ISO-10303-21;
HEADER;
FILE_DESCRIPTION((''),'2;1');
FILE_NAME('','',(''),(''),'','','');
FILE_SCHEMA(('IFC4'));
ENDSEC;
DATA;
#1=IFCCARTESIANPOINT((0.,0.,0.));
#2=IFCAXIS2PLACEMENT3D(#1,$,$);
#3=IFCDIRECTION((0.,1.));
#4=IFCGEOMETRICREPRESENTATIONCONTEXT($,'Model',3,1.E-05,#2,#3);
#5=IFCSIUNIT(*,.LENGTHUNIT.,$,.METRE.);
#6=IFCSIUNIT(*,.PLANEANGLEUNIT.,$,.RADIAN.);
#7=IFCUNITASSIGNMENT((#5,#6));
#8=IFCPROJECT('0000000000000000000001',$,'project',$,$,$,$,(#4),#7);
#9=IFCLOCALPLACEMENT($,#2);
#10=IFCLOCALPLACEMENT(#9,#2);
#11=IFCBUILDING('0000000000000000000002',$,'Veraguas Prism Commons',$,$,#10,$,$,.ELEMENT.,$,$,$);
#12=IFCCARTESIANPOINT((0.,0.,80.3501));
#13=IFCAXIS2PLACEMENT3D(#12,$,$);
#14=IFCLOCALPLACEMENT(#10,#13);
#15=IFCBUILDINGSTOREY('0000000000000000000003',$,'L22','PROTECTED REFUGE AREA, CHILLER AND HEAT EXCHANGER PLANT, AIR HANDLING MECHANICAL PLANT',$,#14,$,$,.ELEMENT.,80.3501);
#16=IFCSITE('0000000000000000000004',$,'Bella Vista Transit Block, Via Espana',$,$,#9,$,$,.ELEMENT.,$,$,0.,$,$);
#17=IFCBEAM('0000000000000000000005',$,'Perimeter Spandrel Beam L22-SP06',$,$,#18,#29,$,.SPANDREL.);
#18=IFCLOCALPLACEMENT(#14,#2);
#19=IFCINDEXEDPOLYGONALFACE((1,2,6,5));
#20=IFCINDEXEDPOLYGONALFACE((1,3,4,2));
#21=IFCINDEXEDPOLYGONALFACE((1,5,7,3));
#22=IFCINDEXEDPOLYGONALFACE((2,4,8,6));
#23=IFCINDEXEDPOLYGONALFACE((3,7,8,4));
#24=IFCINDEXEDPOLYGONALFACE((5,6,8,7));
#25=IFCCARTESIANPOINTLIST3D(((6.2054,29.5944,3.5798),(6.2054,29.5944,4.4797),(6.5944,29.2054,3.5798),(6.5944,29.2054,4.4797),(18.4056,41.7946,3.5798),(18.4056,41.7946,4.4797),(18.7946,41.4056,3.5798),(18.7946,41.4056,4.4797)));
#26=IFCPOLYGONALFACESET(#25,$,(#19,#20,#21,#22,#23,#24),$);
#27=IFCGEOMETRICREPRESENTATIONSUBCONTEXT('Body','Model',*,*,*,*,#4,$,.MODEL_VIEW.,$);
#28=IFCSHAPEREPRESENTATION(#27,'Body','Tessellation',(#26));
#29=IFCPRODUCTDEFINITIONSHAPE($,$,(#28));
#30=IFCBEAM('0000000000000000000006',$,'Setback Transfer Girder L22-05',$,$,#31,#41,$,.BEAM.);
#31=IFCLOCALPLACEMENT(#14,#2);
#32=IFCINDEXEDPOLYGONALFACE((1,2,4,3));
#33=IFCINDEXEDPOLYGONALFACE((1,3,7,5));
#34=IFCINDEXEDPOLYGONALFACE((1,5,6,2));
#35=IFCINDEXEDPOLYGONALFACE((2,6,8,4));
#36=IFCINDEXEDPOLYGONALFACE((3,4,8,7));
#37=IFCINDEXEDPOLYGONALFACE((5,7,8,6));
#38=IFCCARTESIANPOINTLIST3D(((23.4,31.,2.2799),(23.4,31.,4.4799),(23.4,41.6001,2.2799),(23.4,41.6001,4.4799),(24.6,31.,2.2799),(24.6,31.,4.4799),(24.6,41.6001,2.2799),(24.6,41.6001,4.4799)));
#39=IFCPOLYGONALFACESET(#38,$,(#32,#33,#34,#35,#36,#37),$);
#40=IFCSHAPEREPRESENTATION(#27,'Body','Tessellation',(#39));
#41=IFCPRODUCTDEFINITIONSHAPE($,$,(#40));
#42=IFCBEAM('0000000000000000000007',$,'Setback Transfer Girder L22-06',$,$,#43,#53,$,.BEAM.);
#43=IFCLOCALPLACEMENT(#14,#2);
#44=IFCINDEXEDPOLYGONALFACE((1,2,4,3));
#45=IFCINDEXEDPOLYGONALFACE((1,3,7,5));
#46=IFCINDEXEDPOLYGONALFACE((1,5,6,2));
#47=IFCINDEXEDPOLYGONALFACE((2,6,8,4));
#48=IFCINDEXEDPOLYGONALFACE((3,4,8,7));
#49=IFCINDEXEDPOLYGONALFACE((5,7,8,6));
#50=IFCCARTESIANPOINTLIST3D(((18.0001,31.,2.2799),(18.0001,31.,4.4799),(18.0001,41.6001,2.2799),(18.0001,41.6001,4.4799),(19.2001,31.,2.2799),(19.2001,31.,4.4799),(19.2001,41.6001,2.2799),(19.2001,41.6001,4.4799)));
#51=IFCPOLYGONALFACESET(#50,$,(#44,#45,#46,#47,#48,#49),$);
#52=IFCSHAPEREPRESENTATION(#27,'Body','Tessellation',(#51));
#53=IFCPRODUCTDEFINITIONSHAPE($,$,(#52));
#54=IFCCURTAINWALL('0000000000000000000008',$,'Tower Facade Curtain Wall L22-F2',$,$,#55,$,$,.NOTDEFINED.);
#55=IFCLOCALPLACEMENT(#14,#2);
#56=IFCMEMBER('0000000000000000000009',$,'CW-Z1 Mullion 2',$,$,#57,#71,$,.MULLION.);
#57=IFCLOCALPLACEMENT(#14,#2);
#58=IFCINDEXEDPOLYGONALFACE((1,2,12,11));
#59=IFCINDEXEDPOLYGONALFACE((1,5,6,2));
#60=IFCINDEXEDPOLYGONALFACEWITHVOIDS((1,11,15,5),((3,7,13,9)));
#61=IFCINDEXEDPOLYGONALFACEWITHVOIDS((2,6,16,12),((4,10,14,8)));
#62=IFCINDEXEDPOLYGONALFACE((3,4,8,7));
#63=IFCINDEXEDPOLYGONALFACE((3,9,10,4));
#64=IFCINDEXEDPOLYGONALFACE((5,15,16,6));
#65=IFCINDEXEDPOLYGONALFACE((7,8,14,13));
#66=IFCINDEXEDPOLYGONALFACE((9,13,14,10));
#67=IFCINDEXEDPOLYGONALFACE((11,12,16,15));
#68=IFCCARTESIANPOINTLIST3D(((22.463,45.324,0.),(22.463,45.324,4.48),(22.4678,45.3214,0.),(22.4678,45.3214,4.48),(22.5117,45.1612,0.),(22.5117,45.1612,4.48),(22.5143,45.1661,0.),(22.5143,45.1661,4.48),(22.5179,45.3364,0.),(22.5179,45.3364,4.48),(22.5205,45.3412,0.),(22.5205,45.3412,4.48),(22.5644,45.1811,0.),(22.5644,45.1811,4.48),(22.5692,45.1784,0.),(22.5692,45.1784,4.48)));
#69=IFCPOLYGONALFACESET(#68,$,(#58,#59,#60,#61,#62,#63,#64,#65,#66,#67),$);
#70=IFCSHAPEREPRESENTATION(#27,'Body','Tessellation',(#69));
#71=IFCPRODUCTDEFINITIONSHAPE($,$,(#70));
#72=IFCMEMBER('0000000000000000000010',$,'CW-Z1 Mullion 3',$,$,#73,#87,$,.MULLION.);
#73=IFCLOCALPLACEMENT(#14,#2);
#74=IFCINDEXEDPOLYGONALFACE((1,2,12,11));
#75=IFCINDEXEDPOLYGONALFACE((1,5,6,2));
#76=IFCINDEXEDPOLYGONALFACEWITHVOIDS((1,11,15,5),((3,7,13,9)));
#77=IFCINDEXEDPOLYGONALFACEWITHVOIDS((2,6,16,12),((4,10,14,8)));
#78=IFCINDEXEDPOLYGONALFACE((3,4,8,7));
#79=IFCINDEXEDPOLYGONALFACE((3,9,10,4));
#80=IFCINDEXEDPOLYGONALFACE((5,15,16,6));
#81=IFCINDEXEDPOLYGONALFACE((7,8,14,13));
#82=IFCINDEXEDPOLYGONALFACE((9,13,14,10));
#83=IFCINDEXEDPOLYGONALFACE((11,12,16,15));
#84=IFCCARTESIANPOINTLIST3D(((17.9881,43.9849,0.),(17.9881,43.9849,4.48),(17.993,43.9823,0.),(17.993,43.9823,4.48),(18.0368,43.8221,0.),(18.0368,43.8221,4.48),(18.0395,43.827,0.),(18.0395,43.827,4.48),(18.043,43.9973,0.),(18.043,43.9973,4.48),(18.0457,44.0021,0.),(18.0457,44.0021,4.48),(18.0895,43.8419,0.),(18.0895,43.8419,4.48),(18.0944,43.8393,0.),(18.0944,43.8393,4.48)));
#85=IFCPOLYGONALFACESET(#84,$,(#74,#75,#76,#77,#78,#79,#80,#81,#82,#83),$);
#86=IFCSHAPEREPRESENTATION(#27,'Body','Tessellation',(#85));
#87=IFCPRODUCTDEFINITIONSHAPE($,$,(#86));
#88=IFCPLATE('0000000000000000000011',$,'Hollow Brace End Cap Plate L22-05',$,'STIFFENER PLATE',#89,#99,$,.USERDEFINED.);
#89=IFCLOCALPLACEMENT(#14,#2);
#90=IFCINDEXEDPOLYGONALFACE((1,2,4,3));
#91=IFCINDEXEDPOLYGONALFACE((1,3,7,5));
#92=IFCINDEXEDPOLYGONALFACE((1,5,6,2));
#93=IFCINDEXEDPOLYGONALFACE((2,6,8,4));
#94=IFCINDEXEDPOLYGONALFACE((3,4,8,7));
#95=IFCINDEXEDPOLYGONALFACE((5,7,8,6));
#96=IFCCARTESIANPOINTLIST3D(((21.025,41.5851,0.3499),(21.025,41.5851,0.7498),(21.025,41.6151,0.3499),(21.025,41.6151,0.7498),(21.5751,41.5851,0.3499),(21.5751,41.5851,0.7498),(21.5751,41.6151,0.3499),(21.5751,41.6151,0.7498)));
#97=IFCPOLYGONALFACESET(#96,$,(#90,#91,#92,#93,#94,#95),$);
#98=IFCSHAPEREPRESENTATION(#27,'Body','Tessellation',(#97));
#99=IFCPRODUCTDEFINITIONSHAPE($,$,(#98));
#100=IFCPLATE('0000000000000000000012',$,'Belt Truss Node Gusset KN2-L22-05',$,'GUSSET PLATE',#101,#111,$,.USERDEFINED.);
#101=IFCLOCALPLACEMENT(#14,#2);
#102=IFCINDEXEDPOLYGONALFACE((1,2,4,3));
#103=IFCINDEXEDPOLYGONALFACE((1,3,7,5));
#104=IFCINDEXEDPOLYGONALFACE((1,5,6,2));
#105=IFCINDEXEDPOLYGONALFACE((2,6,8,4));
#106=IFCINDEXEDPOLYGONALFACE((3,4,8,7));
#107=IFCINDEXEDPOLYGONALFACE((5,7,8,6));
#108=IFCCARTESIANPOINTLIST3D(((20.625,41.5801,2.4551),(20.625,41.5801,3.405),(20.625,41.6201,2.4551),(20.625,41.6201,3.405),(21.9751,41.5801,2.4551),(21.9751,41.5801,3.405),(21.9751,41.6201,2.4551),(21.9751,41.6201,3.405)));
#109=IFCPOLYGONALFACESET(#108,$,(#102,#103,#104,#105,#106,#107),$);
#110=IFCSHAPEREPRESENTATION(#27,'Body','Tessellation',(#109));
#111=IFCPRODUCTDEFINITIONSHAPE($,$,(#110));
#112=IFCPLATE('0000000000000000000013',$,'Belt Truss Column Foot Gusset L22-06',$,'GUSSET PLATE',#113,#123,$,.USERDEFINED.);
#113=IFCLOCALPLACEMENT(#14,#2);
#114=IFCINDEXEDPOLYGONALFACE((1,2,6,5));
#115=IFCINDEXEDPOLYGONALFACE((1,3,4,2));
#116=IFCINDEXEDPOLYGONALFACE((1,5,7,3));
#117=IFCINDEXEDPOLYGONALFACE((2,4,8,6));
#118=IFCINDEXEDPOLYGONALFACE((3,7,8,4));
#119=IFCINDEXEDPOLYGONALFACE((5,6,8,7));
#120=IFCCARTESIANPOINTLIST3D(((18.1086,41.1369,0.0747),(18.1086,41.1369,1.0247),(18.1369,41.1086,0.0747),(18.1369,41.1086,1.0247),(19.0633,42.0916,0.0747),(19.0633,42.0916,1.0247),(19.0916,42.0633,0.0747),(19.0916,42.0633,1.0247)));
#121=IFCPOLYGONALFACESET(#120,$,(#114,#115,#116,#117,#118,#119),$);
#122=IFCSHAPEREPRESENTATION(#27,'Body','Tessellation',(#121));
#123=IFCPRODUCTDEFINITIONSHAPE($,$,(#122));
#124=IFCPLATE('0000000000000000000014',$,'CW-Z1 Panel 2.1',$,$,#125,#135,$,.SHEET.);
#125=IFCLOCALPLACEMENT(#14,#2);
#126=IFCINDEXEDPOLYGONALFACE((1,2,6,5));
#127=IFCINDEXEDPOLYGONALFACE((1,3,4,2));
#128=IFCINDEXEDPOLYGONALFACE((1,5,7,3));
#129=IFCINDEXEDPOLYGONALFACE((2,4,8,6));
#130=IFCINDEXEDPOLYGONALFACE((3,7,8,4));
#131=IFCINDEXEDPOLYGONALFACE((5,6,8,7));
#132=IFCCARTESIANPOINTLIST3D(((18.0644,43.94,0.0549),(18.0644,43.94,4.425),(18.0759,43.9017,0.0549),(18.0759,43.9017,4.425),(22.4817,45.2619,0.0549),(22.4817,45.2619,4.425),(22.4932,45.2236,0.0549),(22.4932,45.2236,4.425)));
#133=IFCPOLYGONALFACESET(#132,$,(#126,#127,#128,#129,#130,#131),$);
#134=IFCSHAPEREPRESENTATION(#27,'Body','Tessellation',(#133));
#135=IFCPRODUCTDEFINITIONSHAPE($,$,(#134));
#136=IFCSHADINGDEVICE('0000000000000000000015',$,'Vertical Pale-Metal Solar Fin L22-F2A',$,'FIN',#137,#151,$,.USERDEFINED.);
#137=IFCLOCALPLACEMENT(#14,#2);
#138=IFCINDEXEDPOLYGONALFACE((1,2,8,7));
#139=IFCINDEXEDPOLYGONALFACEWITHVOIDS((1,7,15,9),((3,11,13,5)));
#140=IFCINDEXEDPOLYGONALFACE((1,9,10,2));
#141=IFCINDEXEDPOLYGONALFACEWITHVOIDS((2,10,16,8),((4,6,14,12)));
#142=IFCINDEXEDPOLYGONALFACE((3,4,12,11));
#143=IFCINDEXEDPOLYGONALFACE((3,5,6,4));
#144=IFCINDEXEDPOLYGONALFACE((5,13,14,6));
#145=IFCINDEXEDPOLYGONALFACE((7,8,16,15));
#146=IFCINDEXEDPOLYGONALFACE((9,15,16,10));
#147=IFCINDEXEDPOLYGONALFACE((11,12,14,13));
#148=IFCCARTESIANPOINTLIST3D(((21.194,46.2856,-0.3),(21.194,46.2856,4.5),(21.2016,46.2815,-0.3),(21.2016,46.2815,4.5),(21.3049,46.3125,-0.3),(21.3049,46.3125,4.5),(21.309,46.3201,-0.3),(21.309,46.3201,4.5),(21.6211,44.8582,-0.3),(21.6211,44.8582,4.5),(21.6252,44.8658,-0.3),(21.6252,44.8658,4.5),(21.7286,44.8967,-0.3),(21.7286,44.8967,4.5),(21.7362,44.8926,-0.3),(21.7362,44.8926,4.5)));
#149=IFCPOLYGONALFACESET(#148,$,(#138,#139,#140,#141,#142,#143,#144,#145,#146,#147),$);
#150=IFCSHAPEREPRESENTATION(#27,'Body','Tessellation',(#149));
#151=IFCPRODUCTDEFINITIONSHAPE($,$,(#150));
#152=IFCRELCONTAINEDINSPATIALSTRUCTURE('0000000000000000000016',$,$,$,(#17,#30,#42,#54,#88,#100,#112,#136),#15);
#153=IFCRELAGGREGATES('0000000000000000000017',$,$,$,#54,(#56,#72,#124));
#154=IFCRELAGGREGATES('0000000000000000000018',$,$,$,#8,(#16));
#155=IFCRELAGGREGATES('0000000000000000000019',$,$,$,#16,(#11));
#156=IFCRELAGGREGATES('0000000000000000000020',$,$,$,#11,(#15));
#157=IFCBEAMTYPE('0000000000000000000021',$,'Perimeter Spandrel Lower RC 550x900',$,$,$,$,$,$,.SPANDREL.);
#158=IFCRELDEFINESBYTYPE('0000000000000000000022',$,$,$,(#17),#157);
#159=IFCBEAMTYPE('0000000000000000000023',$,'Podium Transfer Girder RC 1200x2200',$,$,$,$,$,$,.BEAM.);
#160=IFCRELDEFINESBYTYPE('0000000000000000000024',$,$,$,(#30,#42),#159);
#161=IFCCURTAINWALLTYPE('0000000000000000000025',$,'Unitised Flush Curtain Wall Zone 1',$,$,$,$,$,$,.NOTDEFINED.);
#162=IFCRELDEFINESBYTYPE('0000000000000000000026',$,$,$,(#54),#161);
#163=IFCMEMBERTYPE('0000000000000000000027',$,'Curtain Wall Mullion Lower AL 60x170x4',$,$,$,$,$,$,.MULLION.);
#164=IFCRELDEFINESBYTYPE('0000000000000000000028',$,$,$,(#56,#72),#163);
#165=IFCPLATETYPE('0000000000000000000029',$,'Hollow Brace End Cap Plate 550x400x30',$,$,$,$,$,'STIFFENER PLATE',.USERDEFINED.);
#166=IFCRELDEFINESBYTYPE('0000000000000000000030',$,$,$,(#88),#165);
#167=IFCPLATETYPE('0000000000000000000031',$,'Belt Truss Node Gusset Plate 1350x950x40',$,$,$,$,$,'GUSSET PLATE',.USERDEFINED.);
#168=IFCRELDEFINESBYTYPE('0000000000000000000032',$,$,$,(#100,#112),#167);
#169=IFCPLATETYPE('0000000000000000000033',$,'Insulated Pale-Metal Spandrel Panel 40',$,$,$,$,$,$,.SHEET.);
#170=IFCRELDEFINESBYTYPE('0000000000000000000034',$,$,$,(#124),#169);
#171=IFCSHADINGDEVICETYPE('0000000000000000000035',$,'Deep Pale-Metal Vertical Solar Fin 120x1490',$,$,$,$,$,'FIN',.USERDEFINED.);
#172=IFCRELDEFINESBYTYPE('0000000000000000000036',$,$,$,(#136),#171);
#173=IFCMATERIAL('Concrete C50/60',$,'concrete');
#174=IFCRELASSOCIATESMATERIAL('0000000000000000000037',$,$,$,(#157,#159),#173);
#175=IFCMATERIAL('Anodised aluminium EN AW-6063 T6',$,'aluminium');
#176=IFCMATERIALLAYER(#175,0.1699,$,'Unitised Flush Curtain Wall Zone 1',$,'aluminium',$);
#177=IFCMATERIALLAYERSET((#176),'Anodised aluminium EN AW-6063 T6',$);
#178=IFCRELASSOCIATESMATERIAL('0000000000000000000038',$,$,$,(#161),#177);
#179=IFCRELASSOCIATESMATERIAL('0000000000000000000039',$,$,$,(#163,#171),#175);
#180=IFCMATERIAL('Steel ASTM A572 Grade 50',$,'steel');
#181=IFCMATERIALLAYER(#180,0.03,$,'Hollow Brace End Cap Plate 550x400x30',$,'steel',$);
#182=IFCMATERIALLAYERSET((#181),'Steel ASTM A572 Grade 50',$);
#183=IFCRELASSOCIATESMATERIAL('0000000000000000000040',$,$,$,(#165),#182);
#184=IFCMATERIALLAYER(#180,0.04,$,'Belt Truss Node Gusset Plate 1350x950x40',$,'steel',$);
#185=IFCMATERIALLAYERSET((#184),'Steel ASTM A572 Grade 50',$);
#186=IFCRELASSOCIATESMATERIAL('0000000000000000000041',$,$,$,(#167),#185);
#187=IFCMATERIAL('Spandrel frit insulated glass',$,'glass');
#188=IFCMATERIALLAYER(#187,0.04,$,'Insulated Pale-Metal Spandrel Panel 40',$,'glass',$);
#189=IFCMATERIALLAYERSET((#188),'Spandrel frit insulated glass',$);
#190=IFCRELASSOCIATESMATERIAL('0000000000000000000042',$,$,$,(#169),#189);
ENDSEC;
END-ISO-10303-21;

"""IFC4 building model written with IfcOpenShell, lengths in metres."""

from ifc_helpers import new_model, si_unit, direction, frame, origin, origin_2d, place, context, subcontext, project, spatial, rectangle, hollow_rectangle, extrude, source, transform, mapped, material, layer, layer_set, material_profile, profile_set, type_object, element, aggregate, save


model = new_model("IFC4")

# Units and contexts
model_context = context("Model", 3, precision=1e-05, world=origin(), true_north=direction((0.0, 1.0)))
body_context = subcontext(model_context, "Body", "Model", "MODEL_VIEW")
ifc_project = project(units=[si_unit("LENGTHUNIT", "METRE"), si_unit("PLANEANGLEUNIT", "RADIAN")], contexts=[model_context])

# Site, building, storey
site_placement = place(None, origin())
site = spatial("IfcSite", under=ifc_project, at=site_placement, Name="Bella Vista Transit Block, Via Espana", CompositionType="ELEMENT", RefElevation=0.0)
building_placement = place(site_placement, origin())
building = spatial("IfcBuilding", under=site, at=building_placement, Name="Veraguas Prism Commons", CompositionType="ELEMENT")
storey_placement = place(building_placement, frame((0.0, 0.0, 80.3501)))
storey = spatial("IfcBuildingStorey", under=building, at=storey_placement, Name="L22", Description="PROTECTED REFUGE AREA, CHILLER AND HEAT EXCHANGER PLANT, AIR HANDLING MECHANICAL PLANT", CompositionType="ELEMENT", Elevation=80.3501)

# Shared definitions
ifc_material_1 = material(Name="Steel ASTM A572 Grade 50", Category="steel")

# Beams
ifc_material_2 = material(Name="Concrete C50/60", Category="concrete")
ifc_material_profile_1 = material_profile(ifc_material_2, rectangle(XDim=0.55, YDim=0.8999, at=origin_2d()), Name="RC550X900")
ifc_profile_set_1 = profile_set([ifc_material_profile_1], Name="Concrete C50/60")
beam_type_1 = type_object("IfcBeamType", Name="Perimeter Spandrel Lower RC 550x900", PredefinedType="SPANDREL", material=ifc_profile_set_1)
beam_1_placement = place(storey_placement, frame((18.6001, 41.6001, 4.0298), z_axis=(-0.707107, -0.707107, 0.0), x_axis=(0.707107, -0.707107, 0.0)))
element("IfcBeam", 1, at=beam_1_placement, inside=storey, type_object=beam_type_1, Name="Perimeter Spandrel Beam L22-SP06", PredefinedType="SPANDREL", context=body_context, shape_type="SweptSolid", body=[
    extrude(rectangle(XDim=0.55, YDim=0.8999, at=origin_2d()), origin(), (0.0, 0.0, 1.0), 17.2537),
])
ifc_material_profile_2 = material_profile(ifc_material_2, rectangle(XDim=1.2, YDim=2.2, at=origin_2d()), Name="RC1200X2200")
ifc_profile_set_2 = profile_set([ifc_material_profile_2], Name="Concrete C50/60")
beam_type_2 = type_object("IfcBeamType", Name="Podium Transfer Girder RC 1200x2200", PredefinedType="BEAM", material=ifc_profile_set_2)
for number, where, z_axis, x_axis, name in (
    (2, (24.0, 41.6001, 3.3799), (0.0, -1.0, 0.0), (1.0, 0.0, 0.0), "Setback Transfer Girder L22-05"),
    (3, (18.6001, 41.6001, 3.3799), (0.0, -1.0, 0.0), (1.0, 0.0, 0.0), "Setback Transfer Girder L22-06"),
):
    element("IfcBeam", number, at=place(storey_placement, frame(where, z_axis=z_axis, x_axis=x_axis)), inside=storey, type_object=beam_type_2, Name=name, PredefinedType="BEAM", context=body_context, shape_type="SweptSolid", body=[
        extrude(rectangle(XDim=1.2, YDim=2.2, at=origin_2d()), origin(), (0.0, 0.0, 1.0), 10.6001),
    ])

# Curtain wall, members
ifc_material_3 = material(Name="Anodised aluminium EN AW-6063 T6", Category="aluminium")
ifc_layer_1 = layer(ifc_material_3, 0.1699, Name="Unitised Flush Curtain Wall Zone 1", Category="aluminium")
ifc_layer_set_1 = layer_set([ifc_layer_1], Name="Anodised aluminium EN AW-6063 T6")
curtain_wall_type = type_object("IfcCurtainWallType", Name="Unitised Flush Curtain Wall Zone 1", PredefinedType="NOTDEFINED", material=ifc_layer_set_1)
curtain_wall_placement = place(storey_placement, origin())
curtain_wall = element("IfcCurtainWall", 4, at=curtain_wall_placement, inside=storey, type_object=curtain_wall_type, Name="Tower Facade Curtain Wall L22-F2", PredefinedType="NOTDEFINED")
ifc_material_profile_3 = material_profile(ifc_material_3, hollow_rectangle(XDim=0.0601, YDim=0.1699, WallThickness=0.0039, at=origin_2d()), Name="AL60X170X4")
ifc_profile_set_3 = profile_set([ifc_material_profile_3], Name="Anodised aluminium EN AW-6063 T6")
member_type_1 = type_object("IfcMemberType", Name="Curtain Wall Mullion Lower AL 60x170x4", PredefinedType="MULLION", material=ifc_profile_set_3)
shared_shape_1 = source(origin(), body_context, "Body", "SweptSolid", [
    extrude(hollow_rectangle(XDim=0.0601, YDim=0.1699, WallThickness=0.0039, at=origin_2d()), origin(), (0.0, 0.0, 1.0), 4.48),
])
member_1_placement = place(storey_placement, frame((22.5161, 45.2512, 0.0), z_axis=(0.0, 0.0, 1.0), x_axis=(-0.958023, -0.286692, 0.0)))
member_1 = element("IfcMember", 5, at=member_1_placement, type_object=member_type_1, Name="CW-Z1 Mullion 2", PredefinedType="MULLION", context=body_context, shape_type="MappedRepresentation", body=[
    mapped(shared_shape_1, transform((0.0, 0.0, 0.0), scale=1.0)),
])
member_2_placement = place(storey_placement, frame((18.0413, 43.9121, 0.0), z_axis=(0.0, 0.0, 1.0), x_axis=(-0.958023, -0.286692, 0.0)))
member_2 = element("IfcMember", 6, at=member_2_placement, type_object=member_type_1, Name="CW-Z1 Mullion 3", PredefinedType="MULLION", context=body_context, shape_type="MappedRepresentation", body=[
    mapped(shared_shape_1, transform((0.0, 0.0, 0.0), scale=1.0)),
])

# Plates
ifc_layer_2 = layer(ifc_material_1, 0.03, Name="Hollow Brace End Cap Plate 550x400x30", Category="steel")
ifc_layer_set_2 = layer_set([ifc_layer_2], Name="Steel ASTM A572 Grade 50")
plate_type_1 = type_object("IfcPlateType", Name="Hollow Brace End Cap Plate 550x400x30", ElementType="STIFFENER PLATE", PredefinedType="USERDEFINED", material=ifc_layer_set_2)
shared_shape_2 = source(origin(), body_context, "Body", "SweptSolid", [
    extrude(rectangle(XDim=0.55, YDim=0.03, at=origin_2d()), origin(), (0.0, 0.0, 1.0), 0.3999),
])
plate_1_placement = place(storey_placement, frame((21.3, 41.6001, 0.3499), z_axis=(0.0, 0.0, 1.0), x_axis=(-1.0, 0.0, 0.0)))
element("IfcPlate", 7, at=plate_1_placement, inside=storey, type_object=plate_type_1, Name="Hollow Brace End Cap Plate L22-05", ObjectType="STIFFENER PLATE", PredefinedType="USERDEFINED", context=body_context, shape_type="MappedRepresentation", body=[
    mapped(shared_shape_2, transform((0.0, 0.0, 0.0), scale=1.0)),
])
ifc_layer_3 = layer(ifc_material_1, 0.04, Name="Belt Truss Node Gusset Plate 1350x950x40", Category="steel")
ifc_layer_set_3 = layer_set([ifc_layer_3], Name="Steel ASTM A572 Grade 50")
plate_type_2 = type_object("IfcPlateType", Name="Belt Truss Node Gusset Plate 1350x950x40", ElementType="GUSSET PLATE", PredefinedType="USERDEFINED", material=ifc_layer_set_3)
shared_shape_3 = source(origin(), body_context, "Body", "SweptSolid", [
    extrude(rectangle(XDim=1.3501, YDim=0.04, at=origin_2d()), origin(), (0.0, 0.0, 1.0), 0.95),
])
for number, where, z_axis, x_axis, name in (
    (8, (21.3, 41.6001, 2.4551), (0.0, 0.0, 1.0), (-1.0, 0.0, 0.0), "Belt Truss Node Gusset KN2-L22-05"),
    (9, (18.6001, 41.6001, 0.0747), (0.0, 0.0, 1.0), (-0.707107, -0.707107, 0.0), "Belt Truss Column Foot Gusset L22-06"),
):
    element("IfcPlate", number, at=place(storey_placement, frame(where, z_axis=z_axis, x_axis=x_axis)), inside=storey, type_object=plate_type_2, Name=name, ObjectType="GUSSET PLATE", PredefinedType="USERDEFINED", context=body_context, shape_type="MappedRepresentation", body=[
        mapped(shared_shape_3, transform((0.0, 0.0, 0.0), scale=1.0)),
    ])

# Plate
ifc_material_4 = material(Name="Spandrel frit insulated glass", Category="glass")
ifc_layer_4 = layer(ifc_material_4, 0.04, Name="Insulated Pale-Metal Spandrel Panel 40", Category="glass")
ifc_layer_set_4 = layer_set([ifc_layer_4], Name="Spandrel frit insulated glass")
plate_type_3 = type_object("IfcPlateType", Name="Insulated Pale-Metal Spandrel Panel 40", PredefinedType="SHEET", material=ifc_layer_set_4)
shared_shape_4 = source(origin(), body_context, "Body", "SweptSolid", [
    extrude(rectangle(XDim=4.6108, YDim=0.04, at=origin_2d()), origin(), (0.0, 0.0, 1.0), 4.3701),
])
plate_2_placement = place(storey_placement, frame((20.2788, 44.5818, 0.0549), z_axis=(0.0, 0.0, 1.0), x_axis=(-0.958023, -0.286692, 0.0)))
plate_2 = element("IfcPlate", 10, at=plate_2_placement, type_object=plate_type_3, Name="CW-Z1 Panel 2.1", PredefinedType="SHEET", context=body_context, shape_type="MappedRepresentation", body=[
    mapped(shared_shape_4, transform((0.0, 0.0, 0.0), scale=1.0)),
])
aggregate(curtain_wall, [member_1, member_2, plate_2])

# Shading device
ifc_material_profile_4 = material_profile(ifc_material_3, hollow_rectangle(XDim=0.1201, YDim=1.49, WallThickness=0.0061, at=origin_2d()), Name="FIN120X1490X6")
ifc_profile_set_4 = profile_set([ifc_material_profile_4], Name="Anodised aluminium EN AW-6063 T6")
shading_device_type = type_object("IfcShadingDeviceType", Name="Deep Pale-Metal Vertical Solar Fin 120x1490", ElementType="FIN", PredefinedType="USERDEFINED", material=ifc_profile_set_4)
shading_device_placement = place(storey_placement, frame((21.4651, 45.5891, -0.3), z_axis=(0.0, 0.0, 1.0), x_axis=(-0.958023, -0.286692, 0.0)))
element("IfcShadingDevice", 11, at=shading_device_placement, inside=storey, type_object=shading_device_type, Name="Vertical Pale-Metal Solar Fin L22-F2A", ObjectType="FIN", PredefinedType="USERDEFINED", context=body_context, shape_type="SweptSolid", body=[
    extrude(hollow_rectangle(XDim=0.1201, YDim=1.49, WallThickness=0.0061, at=origin_2d()), origin(), (0.0, 0.0, 1.0), 4.8),
])

save(model, "model.ifc")
